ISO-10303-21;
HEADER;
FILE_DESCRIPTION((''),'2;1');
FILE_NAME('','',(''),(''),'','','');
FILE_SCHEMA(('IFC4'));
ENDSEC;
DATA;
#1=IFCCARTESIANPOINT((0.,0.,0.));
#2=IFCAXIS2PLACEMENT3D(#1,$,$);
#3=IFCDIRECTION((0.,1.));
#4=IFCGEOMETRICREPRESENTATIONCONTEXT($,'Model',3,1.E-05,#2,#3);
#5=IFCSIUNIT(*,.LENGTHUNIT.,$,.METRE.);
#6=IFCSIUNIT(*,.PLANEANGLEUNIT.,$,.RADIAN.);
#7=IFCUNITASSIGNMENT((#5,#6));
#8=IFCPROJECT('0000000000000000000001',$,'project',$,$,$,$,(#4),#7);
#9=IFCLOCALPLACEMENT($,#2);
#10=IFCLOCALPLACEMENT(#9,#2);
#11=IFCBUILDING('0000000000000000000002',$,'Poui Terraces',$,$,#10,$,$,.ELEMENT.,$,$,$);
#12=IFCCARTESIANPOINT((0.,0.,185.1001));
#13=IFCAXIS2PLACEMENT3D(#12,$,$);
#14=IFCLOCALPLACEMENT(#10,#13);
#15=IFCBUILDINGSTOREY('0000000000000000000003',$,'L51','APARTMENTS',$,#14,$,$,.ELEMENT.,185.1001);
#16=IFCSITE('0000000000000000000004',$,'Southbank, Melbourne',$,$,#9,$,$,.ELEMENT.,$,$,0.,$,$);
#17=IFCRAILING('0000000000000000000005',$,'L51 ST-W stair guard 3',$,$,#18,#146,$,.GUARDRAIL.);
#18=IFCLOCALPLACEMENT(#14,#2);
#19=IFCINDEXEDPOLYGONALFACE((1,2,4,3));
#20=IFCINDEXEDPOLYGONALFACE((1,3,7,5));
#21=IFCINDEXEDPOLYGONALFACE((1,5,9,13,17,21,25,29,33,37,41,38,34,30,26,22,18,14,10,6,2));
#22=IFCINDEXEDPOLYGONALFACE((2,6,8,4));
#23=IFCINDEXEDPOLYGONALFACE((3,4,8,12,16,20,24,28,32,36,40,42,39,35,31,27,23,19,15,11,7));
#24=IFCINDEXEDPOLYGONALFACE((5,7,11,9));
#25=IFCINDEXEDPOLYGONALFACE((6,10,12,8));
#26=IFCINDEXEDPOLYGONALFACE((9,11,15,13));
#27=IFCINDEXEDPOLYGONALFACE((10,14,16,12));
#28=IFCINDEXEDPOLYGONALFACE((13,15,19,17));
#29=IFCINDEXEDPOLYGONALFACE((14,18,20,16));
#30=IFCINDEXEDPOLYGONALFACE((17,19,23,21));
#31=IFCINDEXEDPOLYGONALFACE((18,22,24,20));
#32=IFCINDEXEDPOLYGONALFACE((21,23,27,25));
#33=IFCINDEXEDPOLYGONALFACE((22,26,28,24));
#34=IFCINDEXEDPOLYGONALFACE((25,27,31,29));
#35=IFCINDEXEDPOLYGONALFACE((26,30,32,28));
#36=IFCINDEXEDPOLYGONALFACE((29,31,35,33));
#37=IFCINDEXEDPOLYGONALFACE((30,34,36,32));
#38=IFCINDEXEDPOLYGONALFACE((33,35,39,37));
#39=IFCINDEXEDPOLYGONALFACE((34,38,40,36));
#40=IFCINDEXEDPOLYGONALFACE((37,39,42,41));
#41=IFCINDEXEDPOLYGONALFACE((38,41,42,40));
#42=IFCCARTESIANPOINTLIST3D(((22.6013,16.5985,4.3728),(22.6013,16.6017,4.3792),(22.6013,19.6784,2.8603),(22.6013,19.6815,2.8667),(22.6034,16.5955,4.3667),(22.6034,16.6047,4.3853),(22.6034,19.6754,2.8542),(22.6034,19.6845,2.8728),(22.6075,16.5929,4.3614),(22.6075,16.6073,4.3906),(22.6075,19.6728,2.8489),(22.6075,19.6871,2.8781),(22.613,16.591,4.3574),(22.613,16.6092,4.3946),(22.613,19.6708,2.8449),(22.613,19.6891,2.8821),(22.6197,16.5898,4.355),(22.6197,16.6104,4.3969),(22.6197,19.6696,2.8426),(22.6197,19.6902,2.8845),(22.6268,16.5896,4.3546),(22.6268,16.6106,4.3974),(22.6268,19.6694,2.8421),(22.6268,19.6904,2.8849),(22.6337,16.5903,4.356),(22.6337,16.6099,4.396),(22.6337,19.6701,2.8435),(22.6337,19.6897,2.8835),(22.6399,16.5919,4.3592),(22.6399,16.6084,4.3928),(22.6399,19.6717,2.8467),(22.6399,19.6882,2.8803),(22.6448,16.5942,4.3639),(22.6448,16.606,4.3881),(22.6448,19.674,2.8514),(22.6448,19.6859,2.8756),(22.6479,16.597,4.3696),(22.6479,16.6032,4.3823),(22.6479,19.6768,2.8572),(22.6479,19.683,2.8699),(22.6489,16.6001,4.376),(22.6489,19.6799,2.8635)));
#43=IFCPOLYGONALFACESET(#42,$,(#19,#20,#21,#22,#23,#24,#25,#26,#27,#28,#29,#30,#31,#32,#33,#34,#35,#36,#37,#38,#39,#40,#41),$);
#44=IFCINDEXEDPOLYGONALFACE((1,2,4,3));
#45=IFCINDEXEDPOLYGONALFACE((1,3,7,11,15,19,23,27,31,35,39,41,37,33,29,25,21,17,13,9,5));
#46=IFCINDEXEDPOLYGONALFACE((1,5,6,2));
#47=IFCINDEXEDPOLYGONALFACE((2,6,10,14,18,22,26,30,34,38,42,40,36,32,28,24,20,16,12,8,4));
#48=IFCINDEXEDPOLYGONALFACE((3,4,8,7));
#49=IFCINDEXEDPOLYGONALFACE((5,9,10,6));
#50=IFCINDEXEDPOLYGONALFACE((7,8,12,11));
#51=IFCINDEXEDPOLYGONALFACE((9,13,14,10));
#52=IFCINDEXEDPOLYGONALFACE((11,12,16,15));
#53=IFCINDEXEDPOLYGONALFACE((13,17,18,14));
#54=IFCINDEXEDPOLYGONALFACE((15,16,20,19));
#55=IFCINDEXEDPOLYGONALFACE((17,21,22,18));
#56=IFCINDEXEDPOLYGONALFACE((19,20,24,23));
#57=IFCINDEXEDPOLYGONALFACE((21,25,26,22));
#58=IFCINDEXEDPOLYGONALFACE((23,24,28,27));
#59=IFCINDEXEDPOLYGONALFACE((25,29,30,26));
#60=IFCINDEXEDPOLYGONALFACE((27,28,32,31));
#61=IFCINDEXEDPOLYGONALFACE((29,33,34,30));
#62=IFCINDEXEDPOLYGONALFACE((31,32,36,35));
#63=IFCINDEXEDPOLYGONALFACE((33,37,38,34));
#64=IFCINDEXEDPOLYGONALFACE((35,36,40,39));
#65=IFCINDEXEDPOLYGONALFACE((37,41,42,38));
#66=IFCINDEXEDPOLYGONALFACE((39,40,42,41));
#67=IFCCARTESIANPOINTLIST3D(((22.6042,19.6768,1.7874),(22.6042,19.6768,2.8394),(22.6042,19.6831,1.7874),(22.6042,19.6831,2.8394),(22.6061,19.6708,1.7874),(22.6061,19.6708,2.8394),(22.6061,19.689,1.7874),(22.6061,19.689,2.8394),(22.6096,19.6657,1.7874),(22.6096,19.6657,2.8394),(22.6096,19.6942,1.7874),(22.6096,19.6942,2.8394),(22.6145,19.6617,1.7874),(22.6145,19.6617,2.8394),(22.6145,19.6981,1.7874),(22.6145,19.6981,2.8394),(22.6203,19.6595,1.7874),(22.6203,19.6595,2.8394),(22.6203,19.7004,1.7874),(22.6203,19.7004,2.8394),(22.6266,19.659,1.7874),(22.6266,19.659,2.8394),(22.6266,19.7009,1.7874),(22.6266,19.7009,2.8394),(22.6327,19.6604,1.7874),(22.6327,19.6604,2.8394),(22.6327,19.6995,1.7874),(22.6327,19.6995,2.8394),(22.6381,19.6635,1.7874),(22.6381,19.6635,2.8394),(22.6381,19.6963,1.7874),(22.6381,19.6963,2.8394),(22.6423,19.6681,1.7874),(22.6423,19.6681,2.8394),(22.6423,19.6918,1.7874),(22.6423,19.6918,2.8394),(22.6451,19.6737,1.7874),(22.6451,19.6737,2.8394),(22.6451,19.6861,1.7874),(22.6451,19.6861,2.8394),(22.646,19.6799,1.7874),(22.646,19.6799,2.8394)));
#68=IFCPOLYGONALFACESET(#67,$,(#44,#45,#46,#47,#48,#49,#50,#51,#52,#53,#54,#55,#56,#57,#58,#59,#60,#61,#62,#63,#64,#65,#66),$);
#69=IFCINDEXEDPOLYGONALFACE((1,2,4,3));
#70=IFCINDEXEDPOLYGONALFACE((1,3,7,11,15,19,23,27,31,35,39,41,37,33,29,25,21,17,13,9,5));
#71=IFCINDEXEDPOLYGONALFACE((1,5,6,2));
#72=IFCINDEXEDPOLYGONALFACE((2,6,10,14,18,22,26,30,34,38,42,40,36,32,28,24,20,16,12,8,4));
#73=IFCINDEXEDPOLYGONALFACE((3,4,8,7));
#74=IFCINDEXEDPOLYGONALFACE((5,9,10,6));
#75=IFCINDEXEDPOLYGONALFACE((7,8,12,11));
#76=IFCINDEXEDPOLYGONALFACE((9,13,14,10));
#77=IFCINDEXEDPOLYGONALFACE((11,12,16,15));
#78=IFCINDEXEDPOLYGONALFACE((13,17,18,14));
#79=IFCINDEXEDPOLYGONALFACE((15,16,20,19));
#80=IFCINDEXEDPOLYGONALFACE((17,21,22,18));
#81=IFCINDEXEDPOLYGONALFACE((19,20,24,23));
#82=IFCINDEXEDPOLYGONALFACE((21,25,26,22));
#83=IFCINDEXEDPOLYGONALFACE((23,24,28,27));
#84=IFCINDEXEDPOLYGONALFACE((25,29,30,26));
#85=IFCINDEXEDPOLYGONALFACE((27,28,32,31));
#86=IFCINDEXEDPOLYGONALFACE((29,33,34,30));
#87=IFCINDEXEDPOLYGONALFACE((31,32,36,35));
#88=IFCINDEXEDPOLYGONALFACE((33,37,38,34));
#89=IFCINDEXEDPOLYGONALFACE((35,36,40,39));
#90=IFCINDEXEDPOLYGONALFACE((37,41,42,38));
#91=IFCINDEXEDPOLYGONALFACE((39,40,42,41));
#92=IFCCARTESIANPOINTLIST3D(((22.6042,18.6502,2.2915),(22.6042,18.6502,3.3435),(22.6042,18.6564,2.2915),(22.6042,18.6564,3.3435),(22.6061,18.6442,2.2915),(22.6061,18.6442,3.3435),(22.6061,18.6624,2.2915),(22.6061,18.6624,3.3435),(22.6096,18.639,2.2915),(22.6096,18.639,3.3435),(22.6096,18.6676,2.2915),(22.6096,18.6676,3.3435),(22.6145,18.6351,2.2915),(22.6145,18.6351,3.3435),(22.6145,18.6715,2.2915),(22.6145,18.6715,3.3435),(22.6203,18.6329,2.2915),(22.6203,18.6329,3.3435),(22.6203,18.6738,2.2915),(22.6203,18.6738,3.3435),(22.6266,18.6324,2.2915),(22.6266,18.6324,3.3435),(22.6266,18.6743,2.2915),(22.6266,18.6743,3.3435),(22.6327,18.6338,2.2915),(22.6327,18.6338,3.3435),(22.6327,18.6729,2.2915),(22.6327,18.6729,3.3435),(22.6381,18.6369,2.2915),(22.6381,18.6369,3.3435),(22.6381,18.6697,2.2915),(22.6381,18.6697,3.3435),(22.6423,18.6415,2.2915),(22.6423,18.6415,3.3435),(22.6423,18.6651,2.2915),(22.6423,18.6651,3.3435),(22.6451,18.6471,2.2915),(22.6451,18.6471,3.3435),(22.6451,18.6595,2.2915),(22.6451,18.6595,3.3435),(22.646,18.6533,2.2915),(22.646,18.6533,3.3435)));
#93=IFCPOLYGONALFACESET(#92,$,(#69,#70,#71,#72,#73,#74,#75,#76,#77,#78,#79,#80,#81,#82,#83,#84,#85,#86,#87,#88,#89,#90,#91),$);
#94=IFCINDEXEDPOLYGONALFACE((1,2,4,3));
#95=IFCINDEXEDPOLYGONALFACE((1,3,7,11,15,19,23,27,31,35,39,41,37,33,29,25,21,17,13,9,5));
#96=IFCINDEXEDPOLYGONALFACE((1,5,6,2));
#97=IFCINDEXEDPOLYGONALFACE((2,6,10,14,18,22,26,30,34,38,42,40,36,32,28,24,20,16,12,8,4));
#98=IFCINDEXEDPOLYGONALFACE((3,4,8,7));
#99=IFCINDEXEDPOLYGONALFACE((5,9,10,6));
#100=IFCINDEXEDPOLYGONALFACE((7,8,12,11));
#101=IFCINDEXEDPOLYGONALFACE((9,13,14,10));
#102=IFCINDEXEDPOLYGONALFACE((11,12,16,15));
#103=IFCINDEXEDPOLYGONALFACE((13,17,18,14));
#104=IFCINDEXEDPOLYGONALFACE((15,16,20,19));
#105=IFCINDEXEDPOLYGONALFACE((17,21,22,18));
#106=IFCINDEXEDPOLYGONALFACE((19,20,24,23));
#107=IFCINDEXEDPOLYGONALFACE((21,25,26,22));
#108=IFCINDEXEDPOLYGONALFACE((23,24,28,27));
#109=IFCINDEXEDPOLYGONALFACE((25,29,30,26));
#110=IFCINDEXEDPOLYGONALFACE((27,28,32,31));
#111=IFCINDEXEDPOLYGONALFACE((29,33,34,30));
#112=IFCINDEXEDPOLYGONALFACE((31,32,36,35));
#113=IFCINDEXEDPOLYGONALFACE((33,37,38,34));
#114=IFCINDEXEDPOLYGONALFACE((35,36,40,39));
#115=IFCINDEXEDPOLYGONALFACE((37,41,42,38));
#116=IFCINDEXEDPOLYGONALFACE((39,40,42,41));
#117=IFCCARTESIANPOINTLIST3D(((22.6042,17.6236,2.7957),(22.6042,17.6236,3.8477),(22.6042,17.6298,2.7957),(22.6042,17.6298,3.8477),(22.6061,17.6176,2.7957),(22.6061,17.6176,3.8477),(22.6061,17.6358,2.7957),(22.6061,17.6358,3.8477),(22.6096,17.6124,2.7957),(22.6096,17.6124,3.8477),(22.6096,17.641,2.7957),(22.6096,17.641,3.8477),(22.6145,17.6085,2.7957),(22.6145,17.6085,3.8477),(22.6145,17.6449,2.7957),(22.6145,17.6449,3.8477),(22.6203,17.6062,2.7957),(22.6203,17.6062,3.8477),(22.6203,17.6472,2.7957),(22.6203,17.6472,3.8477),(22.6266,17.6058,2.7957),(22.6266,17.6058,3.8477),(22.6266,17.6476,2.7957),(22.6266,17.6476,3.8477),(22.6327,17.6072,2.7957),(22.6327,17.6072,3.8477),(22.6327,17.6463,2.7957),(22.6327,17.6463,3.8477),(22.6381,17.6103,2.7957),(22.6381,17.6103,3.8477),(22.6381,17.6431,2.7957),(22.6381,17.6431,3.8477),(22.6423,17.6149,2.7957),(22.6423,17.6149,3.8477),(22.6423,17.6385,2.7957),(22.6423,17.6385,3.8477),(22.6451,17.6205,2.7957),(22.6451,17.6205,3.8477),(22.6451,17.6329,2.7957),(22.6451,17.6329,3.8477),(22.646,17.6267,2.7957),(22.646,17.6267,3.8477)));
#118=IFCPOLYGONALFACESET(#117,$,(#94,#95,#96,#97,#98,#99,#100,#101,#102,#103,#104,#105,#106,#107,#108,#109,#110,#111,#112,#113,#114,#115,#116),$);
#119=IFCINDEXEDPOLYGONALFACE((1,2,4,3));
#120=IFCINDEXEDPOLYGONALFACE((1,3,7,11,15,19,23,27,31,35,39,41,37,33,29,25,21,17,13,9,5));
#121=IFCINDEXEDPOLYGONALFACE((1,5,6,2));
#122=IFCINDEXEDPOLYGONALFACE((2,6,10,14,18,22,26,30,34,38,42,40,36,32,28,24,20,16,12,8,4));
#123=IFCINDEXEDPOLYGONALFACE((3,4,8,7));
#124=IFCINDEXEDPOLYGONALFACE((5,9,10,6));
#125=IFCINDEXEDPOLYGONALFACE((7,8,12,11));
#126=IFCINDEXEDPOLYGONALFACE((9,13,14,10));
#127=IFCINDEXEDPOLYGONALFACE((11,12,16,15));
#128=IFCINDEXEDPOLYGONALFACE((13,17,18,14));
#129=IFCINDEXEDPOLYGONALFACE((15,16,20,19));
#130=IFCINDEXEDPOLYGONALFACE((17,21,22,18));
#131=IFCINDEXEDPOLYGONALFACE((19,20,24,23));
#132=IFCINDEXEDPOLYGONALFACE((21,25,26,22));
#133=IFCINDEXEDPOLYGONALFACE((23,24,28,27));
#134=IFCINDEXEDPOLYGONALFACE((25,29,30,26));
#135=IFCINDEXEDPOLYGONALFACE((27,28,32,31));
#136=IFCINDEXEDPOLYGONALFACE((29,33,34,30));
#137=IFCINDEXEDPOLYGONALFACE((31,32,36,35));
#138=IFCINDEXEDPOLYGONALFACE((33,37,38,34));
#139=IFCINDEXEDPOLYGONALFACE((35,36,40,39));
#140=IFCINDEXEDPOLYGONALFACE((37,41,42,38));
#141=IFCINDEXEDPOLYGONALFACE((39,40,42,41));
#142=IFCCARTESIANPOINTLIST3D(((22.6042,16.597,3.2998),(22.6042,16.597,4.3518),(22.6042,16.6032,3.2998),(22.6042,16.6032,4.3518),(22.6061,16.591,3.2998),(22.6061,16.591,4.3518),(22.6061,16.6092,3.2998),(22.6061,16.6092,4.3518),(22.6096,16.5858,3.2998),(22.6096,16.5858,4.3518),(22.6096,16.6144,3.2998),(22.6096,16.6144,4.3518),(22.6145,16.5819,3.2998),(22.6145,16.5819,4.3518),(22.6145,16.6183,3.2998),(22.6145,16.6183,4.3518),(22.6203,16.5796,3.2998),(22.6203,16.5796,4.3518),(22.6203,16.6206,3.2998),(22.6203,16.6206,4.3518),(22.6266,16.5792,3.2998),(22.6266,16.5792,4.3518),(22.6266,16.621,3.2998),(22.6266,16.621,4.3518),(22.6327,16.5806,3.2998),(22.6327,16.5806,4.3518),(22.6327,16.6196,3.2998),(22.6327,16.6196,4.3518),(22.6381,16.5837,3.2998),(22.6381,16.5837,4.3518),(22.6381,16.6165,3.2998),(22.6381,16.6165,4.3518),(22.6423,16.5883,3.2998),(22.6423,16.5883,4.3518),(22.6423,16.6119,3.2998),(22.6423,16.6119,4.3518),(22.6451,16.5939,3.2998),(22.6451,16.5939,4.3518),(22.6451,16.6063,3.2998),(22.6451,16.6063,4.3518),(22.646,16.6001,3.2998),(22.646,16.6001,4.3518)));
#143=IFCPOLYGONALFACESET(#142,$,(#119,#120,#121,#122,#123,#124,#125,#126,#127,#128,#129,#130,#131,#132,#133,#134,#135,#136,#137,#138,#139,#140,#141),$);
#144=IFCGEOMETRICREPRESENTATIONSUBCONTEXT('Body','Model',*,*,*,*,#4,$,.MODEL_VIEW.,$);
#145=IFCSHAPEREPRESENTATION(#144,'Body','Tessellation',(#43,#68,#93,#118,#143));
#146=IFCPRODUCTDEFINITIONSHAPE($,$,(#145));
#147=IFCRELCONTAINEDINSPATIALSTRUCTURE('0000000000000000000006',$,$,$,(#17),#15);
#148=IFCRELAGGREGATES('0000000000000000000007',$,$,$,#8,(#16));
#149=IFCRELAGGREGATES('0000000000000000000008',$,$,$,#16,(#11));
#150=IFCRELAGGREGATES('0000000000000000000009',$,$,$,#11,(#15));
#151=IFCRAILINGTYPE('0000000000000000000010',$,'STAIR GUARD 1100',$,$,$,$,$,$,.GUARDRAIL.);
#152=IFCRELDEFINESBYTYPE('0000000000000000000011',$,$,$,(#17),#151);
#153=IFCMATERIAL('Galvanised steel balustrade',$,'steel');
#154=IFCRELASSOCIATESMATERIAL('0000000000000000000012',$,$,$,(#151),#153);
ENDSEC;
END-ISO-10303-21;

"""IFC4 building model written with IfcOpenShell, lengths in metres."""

from ifc_helpers import new_model, si_unit, direction, frame, origin, origin_2d, place, context, subcontext, project, spatial, circle, extrude, material, type_object, element, save


model = new_model("IFC4")

# Units and contexts
model_context = context("Model", 3, precision=1e-05, world=origin(), true_north=direction((0.0, 1.0)))
body_context = subcontext(model_context, "Body", "Model", "MODEL_VIEW")
ifc_project = project(units=[si_unit("LENGTHUNIT", "METRE"), si_unit("PLANEANGLEUNIT", "RADIAN")], contexts=[model_context])

# Site, building, storey
site_placement = place(None, origin())
site = spatial("IfcSite", under=ifc_project, at=site_placement, Name="Southbank, Melbourne", CompositionType="ELEMENT", RefElevation=0.0)
building_placement = place(site_placement, origin())
building = spatial("IfcBuilding", under=site, at=building_placement, Name="Poui Terraces", CompositionType="ELEMENT")
storey_placement = place(building_placement, frame((0.0, 0.0, 185.1001)))
storey = spatial("IfcBuildingStorey", under=building, at=storey_placement, Name="L51", Description="APARTMENTS", CompositionType="ELEMENT", Elevation=185.1001)

# Railing
ifc_material_1 = material(Name="Galvanised steel balustrade", Category="steel")
railing_type_1 = type_object("IfcRailingType", Name="STAIR GUARD 1100", PredefinedType="GUARDRAIL", material=ifc_material_1)
railing_1_placement = place(storey_placement, frame((22.625, 19.6799, 1.7874)))
element("IfcRailing", 1, at=railing_1_placement, inside=storey, type_object=railing_type_1, Name="L51 ST-W stair guard 3", PredefinedType="GUARDRAIL", context=body_context, shape_type="SweptSolid", body=[
    extrude(circle(Radius=0.0239, at=origin_2d()), frame((0.0, 0.0, 1.0762), z_axis=(0.0, -0.897606, 0.440798), x_axis=(1.0, 0.0, 0.0)), (0.0, 0.0, 1.0), 3.4312),
    extrude(circle(Radius=0.021, at=origin_2d()), origin(), (0.0, 0.0, 1.0), 1.052),
    extrude(circle(Radius=0.021, at=origin_2d()), frame((0.0, -1.0266, 0.5042)), (0.0, 0.0, 1.0), 1.052),
    extrude(circle(Radius=0.021, at=origin_2d()), frame((0.0, -2.0532, 1.0083)), (0.0, 0.0, 1.0), 1.052),
    extrude(circle(Radius=0.021, at=origin_2d()), frame((0.0, -3.0798, 1.5125)), (0.0, 0.0, 1.0), 1.052),
])

save(model, "model.ifc")
